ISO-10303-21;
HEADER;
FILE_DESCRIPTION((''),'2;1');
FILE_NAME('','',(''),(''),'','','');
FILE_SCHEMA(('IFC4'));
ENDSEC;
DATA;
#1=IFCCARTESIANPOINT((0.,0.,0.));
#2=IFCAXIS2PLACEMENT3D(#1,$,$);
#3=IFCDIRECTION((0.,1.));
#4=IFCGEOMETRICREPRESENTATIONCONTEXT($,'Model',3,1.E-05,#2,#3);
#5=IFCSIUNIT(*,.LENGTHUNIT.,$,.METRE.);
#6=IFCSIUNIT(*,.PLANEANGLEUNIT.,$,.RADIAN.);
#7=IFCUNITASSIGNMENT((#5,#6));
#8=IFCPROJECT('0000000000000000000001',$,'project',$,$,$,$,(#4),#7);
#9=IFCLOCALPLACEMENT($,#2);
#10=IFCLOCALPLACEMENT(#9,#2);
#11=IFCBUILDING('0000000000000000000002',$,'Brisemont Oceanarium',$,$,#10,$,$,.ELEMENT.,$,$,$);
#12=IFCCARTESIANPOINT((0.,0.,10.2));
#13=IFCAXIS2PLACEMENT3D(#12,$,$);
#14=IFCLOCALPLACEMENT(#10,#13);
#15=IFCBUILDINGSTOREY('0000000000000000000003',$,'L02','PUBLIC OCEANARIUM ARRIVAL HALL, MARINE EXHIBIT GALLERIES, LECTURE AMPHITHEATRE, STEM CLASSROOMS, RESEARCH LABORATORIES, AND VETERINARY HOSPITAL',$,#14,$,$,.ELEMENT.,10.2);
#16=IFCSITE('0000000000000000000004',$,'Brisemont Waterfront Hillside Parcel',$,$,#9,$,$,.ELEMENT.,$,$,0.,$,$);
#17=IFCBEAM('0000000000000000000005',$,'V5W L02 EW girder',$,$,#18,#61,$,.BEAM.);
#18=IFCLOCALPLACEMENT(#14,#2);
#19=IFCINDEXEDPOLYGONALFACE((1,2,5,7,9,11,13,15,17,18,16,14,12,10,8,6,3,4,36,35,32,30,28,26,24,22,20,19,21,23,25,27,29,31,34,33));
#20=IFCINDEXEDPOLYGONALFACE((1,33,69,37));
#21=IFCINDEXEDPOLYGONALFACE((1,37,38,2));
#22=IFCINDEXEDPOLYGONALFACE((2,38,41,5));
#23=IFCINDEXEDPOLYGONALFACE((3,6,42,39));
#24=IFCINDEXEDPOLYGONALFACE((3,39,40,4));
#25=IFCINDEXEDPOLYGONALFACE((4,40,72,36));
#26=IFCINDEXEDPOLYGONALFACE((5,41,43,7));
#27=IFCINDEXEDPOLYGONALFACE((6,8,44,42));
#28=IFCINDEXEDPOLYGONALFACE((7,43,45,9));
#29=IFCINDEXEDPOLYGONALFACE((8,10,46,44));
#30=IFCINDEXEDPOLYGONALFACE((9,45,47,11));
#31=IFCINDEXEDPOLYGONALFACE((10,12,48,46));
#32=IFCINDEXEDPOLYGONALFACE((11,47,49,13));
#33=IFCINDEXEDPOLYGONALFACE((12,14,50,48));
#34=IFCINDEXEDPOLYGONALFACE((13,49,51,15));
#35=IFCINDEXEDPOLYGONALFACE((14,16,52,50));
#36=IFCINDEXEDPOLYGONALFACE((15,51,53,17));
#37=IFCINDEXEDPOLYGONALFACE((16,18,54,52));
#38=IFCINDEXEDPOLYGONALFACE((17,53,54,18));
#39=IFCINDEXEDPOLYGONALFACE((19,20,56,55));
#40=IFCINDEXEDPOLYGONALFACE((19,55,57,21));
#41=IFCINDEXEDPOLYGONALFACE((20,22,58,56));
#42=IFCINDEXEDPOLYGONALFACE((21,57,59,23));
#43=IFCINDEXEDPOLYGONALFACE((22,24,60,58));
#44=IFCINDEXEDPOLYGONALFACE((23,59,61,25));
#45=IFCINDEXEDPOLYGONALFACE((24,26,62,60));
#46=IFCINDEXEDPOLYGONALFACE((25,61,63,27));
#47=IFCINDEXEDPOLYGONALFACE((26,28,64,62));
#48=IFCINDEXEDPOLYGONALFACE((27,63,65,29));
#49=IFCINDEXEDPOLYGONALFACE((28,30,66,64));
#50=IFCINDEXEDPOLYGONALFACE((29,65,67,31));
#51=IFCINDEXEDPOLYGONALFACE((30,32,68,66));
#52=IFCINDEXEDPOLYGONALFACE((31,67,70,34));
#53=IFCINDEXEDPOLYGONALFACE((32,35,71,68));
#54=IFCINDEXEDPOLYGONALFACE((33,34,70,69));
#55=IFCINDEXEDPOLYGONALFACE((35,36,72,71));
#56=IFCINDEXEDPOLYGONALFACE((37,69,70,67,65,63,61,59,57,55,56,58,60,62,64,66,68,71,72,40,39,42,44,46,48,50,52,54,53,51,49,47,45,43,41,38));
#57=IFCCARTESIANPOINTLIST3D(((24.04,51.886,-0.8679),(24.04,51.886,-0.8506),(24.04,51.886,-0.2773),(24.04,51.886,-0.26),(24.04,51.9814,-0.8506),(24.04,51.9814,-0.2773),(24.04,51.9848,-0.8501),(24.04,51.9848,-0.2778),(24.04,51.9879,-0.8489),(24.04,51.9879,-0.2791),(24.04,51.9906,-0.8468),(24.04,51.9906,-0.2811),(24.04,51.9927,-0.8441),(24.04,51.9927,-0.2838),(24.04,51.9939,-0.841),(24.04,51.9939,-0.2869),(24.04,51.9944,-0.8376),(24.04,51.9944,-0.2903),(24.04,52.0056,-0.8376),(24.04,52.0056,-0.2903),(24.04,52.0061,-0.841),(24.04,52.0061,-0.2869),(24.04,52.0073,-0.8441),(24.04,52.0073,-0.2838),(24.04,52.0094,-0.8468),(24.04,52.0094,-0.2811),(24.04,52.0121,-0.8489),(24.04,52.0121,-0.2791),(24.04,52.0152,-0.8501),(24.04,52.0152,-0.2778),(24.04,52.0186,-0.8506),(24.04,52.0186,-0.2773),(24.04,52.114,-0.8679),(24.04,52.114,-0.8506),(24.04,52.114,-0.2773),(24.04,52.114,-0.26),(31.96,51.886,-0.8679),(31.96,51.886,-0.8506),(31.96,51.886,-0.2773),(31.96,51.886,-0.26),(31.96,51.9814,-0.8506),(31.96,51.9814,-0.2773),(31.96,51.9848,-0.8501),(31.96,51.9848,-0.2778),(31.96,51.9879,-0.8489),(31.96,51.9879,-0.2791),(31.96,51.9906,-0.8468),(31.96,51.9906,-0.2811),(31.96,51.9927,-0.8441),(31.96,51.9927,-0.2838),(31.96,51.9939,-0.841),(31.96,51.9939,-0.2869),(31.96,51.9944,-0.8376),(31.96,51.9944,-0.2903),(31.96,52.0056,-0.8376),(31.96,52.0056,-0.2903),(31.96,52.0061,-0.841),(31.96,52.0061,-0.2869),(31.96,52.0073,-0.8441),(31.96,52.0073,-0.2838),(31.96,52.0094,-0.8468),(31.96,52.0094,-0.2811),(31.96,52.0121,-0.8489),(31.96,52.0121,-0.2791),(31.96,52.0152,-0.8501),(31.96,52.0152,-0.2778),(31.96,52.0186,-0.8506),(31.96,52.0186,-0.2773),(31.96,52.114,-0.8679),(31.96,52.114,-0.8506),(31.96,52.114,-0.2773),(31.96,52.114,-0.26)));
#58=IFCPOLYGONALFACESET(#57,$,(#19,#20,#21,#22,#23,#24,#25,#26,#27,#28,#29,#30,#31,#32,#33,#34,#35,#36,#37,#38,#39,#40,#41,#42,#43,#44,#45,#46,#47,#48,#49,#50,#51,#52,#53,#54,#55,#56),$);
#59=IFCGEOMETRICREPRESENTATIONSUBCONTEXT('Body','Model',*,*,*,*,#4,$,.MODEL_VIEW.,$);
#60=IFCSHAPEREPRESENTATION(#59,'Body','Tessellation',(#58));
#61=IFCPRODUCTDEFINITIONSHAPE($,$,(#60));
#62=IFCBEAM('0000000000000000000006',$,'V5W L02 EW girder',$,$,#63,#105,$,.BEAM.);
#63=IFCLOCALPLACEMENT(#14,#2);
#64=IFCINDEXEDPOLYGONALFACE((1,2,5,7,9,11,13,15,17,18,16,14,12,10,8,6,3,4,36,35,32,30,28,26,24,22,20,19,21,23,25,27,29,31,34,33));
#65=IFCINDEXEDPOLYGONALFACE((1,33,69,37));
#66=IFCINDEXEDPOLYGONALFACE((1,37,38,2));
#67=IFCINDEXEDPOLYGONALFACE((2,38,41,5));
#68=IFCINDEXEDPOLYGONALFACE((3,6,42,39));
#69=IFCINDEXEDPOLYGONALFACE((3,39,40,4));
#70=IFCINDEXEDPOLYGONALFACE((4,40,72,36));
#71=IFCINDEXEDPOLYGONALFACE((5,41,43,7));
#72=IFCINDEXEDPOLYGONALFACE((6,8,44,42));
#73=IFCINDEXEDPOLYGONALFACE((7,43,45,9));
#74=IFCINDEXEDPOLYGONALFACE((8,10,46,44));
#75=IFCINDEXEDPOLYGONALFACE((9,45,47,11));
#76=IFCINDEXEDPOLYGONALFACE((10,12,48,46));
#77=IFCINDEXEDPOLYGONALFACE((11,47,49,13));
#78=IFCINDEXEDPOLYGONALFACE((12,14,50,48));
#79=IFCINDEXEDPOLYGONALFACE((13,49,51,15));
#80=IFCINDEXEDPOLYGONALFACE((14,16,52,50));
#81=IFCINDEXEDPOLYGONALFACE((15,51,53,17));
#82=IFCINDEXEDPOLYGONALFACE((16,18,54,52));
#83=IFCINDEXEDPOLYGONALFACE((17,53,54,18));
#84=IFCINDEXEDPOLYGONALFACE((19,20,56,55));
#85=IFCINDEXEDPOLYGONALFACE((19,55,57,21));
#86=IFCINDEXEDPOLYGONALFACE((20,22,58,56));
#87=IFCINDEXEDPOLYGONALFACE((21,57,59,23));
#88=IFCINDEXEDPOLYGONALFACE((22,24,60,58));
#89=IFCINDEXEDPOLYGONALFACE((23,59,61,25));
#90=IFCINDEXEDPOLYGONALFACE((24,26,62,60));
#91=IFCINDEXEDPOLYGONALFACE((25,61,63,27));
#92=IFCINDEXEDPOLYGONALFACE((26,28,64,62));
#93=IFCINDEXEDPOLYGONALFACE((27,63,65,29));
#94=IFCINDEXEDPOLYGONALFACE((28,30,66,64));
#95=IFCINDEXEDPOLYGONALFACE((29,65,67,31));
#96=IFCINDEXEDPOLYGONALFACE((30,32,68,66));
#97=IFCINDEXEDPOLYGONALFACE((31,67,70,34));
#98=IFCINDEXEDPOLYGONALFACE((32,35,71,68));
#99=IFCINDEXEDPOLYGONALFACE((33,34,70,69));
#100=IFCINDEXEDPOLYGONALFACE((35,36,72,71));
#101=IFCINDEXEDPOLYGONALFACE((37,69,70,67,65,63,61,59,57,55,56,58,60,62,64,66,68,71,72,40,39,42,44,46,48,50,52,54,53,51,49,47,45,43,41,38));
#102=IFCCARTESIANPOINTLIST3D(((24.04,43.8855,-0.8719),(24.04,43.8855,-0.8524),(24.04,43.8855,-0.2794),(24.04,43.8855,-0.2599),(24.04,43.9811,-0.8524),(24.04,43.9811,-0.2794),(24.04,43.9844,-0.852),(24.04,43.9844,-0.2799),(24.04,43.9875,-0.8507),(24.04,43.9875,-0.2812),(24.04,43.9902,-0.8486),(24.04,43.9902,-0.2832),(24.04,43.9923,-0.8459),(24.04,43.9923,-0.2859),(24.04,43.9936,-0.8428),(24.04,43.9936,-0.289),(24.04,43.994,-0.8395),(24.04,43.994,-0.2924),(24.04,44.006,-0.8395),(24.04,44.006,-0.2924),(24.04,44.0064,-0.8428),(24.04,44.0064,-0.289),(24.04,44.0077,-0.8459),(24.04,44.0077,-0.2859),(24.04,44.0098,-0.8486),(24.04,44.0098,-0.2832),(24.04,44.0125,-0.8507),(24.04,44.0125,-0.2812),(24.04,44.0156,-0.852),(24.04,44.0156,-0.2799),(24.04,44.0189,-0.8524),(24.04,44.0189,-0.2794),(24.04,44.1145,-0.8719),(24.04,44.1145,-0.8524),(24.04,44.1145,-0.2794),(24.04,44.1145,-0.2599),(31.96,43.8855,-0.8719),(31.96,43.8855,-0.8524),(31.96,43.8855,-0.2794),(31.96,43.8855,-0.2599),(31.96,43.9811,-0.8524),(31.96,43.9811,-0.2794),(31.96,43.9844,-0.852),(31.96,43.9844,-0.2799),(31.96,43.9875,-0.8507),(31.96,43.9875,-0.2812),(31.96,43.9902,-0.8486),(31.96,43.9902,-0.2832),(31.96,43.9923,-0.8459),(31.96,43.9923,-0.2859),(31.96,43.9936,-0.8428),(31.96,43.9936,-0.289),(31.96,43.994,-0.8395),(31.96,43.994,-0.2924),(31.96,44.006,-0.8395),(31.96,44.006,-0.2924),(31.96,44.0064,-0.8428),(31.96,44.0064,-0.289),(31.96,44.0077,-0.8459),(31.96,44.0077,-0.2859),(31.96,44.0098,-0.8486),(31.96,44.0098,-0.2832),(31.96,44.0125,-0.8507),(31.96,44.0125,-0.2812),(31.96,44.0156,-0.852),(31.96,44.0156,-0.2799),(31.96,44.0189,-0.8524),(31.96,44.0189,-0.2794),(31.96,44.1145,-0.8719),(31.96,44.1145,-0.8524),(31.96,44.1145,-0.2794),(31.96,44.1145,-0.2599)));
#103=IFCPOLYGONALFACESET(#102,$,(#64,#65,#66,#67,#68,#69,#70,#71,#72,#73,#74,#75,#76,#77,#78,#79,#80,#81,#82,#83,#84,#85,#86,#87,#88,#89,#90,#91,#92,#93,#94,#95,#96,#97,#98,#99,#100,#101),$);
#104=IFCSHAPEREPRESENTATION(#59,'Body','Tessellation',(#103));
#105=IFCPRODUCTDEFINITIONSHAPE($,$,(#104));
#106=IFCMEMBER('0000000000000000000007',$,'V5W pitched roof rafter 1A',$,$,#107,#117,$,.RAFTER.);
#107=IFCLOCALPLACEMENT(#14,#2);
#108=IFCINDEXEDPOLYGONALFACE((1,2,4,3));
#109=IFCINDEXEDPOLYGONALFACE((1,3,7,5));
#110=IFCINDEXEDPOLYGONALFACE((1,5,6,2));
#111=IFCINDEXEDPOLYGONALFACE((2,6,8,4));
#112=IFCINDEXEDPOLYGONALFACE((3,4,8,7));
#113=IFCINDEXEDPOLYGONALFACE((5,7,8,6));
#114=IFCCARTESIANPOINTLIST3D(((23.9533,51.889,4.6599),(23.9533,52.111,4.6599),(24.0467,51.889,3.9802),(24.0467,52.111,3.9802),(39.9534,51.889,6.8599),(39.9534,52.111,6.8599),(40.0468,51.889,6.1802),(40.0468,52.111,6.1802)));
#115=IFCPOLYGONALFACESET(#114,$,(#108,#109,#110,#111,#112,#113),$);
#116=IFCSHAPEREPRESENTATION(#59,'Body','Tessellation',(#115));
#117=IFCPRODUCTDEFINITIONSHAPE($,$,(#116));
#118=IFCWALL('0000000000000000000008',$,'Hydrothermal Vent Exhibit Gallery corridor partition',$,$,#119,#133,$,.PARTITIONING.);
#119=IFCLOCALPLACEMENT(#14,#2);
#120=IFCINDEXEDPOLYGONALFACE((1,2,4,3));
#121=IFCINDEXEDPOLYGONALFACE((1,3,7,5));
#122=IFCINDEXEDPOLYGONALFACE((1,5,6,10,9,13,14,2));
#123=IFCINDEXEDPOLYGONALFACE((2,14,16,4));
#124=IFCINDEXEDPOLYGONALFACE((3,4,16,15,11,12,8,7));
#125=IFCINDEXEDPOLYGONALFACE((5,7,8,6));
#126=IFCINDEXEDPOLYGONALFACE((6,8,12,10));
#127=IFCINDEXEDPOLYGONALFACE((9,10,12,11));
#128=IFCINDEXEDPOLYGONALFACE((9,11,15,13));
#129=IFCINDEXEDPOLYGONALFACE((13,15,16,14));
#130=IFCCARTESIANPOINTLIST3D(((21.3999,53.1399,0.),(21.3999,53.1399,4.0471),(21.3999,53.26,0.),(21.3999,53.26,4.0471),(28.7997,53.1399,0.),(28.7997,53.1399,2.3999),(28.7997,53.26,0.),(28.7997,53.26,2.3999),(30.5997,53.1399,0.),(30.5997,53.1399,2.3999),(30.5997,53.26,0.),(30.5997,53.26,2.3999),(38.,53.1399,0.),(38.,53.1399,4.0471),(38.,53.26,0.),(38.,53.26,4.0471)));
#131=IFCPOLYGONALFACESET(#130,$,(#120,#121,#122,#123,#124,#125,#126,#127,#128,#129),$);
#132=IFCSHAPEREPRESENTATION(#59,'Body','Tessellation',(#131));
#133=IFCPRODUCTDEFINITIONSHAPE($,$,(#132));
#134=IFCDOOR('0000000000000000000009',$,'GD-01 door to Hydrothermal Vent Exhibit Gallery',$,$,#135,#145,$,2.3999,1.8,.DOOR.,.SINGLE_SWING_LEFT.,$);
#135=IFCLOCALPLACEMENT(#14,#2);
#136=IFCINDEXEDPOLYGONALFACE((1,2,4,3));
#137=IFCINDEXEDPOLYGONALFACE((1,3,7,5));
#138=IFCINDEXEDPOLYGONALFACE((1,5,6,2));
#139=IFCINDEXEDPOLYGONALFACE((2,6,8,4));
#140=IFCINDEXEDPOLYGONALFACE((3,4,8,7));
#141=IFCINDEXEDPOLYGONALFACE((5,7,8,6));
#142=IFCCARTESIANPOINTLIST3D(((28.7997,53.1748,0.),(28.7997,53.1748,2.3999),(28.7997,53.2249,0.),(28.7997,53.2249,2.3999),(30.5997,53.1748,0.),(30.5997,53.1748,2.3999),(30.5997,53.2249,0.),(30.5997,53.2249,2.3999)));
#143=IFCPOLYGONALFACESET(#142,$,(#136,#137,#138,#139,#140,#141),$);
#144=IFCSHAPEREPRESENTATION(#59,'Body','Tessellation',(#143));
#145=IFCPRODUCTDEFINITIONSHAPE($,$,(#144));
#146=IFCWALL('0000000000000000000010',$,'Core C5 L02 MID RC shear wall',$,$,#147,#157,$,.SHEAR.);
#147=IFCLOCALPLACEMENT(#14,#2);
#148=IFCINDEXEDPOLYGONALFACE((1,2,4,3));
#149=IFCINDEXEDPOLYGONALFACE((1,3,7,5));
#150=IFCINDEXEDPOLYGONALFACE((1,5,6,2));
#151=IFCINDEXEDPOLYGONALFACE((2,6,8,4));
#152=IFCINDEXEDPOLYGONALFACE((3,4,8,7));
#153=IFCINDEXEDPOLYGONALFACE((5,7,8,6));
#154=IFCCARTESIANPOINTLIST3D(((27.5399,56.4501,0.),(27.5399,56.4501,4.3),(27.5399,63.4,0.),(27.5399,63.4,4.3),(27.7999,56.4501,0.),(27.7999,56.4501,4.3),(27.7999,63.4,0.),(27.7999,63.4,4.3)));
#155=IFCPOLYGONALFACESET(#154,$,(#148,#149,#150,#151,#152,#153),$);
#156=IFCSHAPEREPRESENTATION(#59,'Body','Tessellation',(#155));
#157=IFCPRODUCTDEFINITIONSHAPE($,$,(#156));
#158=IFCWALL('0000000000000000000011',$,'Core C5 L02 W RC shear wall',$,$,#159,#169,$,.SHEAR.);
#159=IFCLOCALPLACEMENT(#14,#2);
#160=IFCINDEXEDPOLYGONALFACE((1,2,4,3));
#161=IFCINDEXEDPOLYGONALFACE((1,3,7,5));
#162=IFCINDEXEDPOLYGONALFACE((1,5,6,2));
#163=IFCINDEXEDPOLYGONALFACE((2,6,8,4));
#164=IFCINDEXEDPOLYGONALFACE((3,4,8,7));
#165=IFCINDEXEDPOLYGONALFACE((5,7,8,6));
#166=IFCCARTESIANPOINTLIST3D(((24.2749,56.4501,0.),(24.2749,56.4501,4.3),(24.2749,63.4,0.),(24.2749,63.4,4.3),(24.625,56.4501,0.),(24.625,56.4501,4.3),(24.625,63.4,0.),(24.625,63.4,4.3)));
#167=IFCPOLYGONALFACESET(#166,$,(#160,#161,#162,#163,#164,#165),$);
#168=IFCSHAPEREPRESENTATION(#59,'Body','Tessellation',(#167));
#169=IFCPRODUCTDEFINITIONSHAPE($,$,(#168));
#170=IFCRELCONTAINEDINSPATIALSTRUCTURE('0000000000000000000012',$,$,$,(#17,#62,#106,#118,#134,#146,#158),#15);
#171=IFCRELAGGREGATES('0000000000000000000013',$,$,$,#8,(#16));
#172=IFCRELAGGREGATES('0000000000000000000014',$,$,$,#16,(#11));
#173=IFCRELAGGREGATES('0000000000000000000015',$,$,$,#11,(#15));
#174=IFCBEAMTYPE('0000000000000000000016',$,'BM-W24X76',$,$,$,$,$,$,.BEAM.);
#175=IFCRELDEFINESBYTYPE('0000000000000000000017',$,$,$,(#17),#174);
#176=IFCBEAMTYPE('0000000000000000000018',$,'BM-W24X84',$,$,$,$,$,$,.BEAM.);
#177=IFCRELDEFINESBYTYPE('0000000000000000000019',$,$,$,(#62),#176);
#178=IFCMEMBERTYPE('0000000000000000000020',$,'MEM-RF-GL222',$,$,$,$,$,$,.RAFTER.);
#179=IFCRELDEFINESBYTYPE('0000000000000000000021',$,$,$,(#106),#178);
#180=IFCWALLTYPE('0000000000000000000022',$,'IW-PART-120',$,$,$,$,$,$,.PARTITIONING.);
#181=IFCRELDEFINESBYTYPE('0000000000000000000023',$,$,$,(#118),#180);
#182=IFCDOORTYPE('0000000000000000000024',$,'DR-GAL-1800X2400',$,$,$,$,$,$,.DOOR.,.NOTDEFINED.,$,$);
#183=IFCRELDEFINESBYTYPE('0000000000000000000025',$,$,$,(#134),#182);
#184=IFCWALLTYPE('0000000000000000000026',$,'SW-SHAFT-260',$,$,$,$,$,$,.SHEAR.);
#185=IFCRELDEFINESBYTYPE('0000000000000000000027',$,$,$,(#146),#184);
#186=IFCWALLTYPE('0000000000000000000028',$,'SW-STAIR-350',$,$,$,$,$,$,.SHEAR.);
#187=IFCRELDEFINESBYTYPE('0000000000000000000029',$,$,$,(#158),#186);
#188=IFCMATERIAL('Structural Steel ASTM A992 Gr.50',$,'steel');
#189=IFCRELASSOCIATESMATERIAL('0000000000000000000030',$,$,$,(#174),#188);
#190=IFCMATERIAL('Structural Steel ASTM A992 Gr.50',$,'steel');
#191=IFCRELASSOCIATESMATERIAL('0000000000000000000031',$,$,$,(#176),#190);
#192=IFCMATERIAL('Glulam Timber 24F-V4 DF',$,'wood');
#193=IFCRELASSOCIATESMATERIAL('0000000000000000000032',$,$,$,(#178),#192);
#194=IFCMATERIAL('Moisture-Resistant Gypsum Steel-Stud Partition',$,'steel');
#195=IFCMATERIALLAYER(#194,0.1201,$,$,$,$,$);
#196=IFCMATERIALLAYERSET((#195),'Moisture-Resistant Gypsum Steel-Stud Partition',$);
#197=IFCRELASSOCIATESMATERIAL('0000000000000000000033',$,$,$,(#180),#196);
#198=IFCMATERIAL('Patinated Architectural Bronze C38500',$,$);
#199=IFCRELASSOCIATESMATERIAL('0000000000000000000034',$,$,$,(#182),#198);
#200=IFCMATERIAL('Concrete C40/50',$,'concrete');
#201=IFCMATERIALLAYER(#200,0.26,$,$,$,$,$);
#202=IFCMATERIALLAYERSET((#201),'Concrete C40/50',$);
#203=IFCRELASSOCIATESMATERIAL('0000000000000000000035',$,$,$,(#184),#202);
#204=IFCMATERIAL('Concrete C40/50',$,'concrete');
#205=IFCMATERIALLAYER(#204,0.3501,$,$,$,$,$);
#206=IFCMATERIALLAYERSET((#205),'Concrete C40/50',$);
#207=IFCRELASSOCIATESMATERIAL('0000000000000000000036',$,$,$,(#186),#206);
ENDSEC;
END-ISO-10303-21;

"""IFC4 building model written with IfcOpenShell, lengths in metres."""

from ifc_helpers import new_model, si_unit, direction, frame, frame_2d, origin, origin_2d, place, context, subcontext, project, spatial, rectangle, i_section, extrude, material, layer, layer_set, material_profile, profile_set, type_object, element, fill, save


model = new_model("IFC4")

# Units and contexts
model_context = context("Model", 3, precision=1e-05, world=origin(), true_north=direction((0.0, 1.0)))
body_context = subcontext(model_context, "Body", "Model", "MODEL_VIEW")
ifc_project = project(units=[si_unit("LENGTHUNIT", "METRE"), si_unit("PLANEANGLEUNIT", "RADIAN")], contexts=[model_context])

# Site, building, storey
site_placement = place(None, origin())
site = spatial("IfcSite", under=ifc_project, at=site_placement, Name="Brisemont Waterfront Hillside Parcel", CompositionType="ELEMENT", RefElevation=0.0)
building_placement = place(site_placement, origin())
building = spatial("IfcBuilding", under=site, at=building_placement, Name="Brisemont Oceanarium", CompositionType="ELEMENT")
storey_placement = place(building_placement, frame((0.0, 0.0, 10.2)))
storey = spatial("IfcBuildingStorey", under=building, at=storey_placement, Name="L02", Description="PUBLIC OCEANARIUM ARRIVAL HALL, MARINE EXHIBIT GALLERIES, LECTURE AMPHITHEATRE, STEM CLASSROOMS, RESEARCH LABORATORIES, AND VETERINARY HOSPITAL", CompositionType="ELEMENT", Elevation=10.2)

# Beams
ifc_material_1 = material(Name="Structural Steel ASTM A992 Gr.50", Category="steel")
ifc_material_profile_1 = material_profile(ifc_material_1, i_section(OverallWidth=0.228, OverallDepth=0.6079, WebThickness=0.0112, FlangeThickness=0.0173, FilletRadius=0.0129, at=origin_2d()), Name="W24X76")
ifc_profile_set_1 = profile_set([ifc_material_profile_1], Name="Structural Steel ASTM A992 Gr.50")
beam_type_1 = type_object("IfcBeamType", Name="BM-W24X76", PredefinedType="BEAM", material=ifc_profile_set_1)
beam_1_placement = place(storey_placement, frame((24.04, 52.0, -0.564), z_axis=(1.0, 0.0, 0.0), x_axis=(0.0, 1.0, 0.0)))
element("IfcBeam", 1, at=beam_1_placement, inside=storey, type_object=beam_type_1, Name="V5W L02 EW girder", PredefinedType="BEAM", context=body_context, shape_type="SweptSolid", body=[
    extrude(i_section(OverallWidth=0.228, OverallDepth=0.6079, WebThickness=0.0112, FlangeThickness=0.0173, FilletRadius=0.0129, at=origin_2d()), origin(), (0.0, 0.0, 1.0), 7.9199),
])
ifc_material_2 = material(Name="Structural Steel ASTM A992 Gr.50", Category="steel")
ifc_material_profile_2 = material_profile(ifc_material_2, i_section(OverallWidth=0.229, OverallDepth=0.6121, WebThickness=0.012, FlangeThickness=0.0195, FilletRadius=0.0129, at=origin_2d()), Name="W24X84")
ifc_profile_set_2 = profile_set([ifc_material_profile_2], Name="Structural Steel ASTM A992 Gr.50")
beam_type_2 = type_object("IfcBeamType", Name="BM-W24X84", PredefinedType="BEAM", material=ifc_profile_set_2)
beam_2_placement = place(storey_placement, frame((24.04, 44.0, -0.5659), z_axis=(1.0, 0.0, 0.0), x_axis=(0.0, 1.0, 0.0)))
element("IfcBeam", 2, at=beam_2_placement, inside=storey, type_object=beam_type_2, Name="V5W L02 EW girder", PredefinedType="BEAM", context=body_context, shape_type="SweptSolid", body=[
    extrude(i_section(OverallWidth=0.229, OverallDepth=0.6121, WebThickness=0.012, FlangeThickness=0.0195, FilletRadius=0.0129, at=origin_2d()), origin(), (0.0, 0.0, 1.0), 7.9199),
])

# Member
ifc_material_3 = material(Name="Glulam Timber 24F-V4 DF", Category="wood")
ifc_material_profile_3 = material_profile(ifc_material_3, rectangle(XDim=0.2219, YDim=0.686, at=origin_2d()), Name="GL-222X686")
ifc_profile_set_3 = profile_set([ifc_material_profile_3], Name="Glulam Timber 24F-V4 DF")
member_type = type_object("IfcMemberType", Name="MEM-RF-GL222", PredefinedType="RAFTER", material=ifc_profile_set_3)
member_placement = place(storey_placement, frame((24.0, 52.0, 4.3201), z_axis=(0.990679, 0.0, 0.136215), x_axis=(0.0, 1.0, 0.0)))
element("IfcMember", 3, at=member_placement, inside=storey, type_object=member_type, Name="V5W pitched roof rafter 1A", PredefinedType="RAFTER", context=body_context, shape_type="SweptSolid", body=[
    extrude(rectangle(XDim=0.2219, YDim=0.686, at=origin_2d()), origin(), (0.0, 0.0, 1.0), 16.1506),
])

# Wall, opening, door
ifc_material_4 = material(Name="Moisture-Resistant Gypsum Steel-Stud Partition", Category="steel")
ifc_layer_1 = layer(ifc_material_4, 0.1201)
ifc_layer_set_1 = layer_set([ifc_layer_1], Name="Moisture-Resistant Gypsum Steel-Stud Partition")
wall_type_1 = type_object("IfcWallType", Name="IW-PART-120", PredefinedType="PARTITIONING", material=ifc_layer_set_1)
wall_1_placement = place(storey_placement, frame((21.3999, 53.2, 0.0), z_axis=(0.0, 0.0, 1.0), x_axis=(1.0, 0.0, 0.0)))
wall_1 = element("IfcWall", 4, at=wall_1_placement, inside=storey, type_object=wall_type_1, Name="Hydrothermal Vent Exhibit Gallery corridor partition", PredefinedType="PARTITIONING", context=body_context, shape_type="SweptSolid", body=[
    extrude(rectangle(XDim=16.6001, YDim=0.1201, at=frame_2d((8.3, 0.0))), origin(), (0.0, 0.0, 1.0), 4.0471),
])
opening_1_placement = place(wall_1_placement, frame((7.3999, 0.0, 0.0)))
opening_1 = element("IfcOpeningElement", 5, at=opening_1_placement, cuts=wall_1, PredefinedType="OPENING", context=body_context, shape_type="SweptSolid", body=[
    extrude(rectangle(XDim=1.8, YDim=2.3999, at=frame_2d((0.8999, 1.2))), frame((0.0, 0.0701, 0.0), z_axis=(0.0, -1.0, 0.0), x_axis=(1.0, 0.0, 0.0)), (0.0, 0.0, 1.0), 0.1401),
])
ifc_material_5 = material(Name="Patinated Architectural Bronze C38500")
door_type_1 = type_object("IfcDoorType", Name="DR-GAL-1800X2400", OperationType="NOTDEFINED", PredefinedType="DOOR", material=ifc_material_5)
door_1_placement = place(opening_1_placement, origin())
door_1 = element("IfcDoor", 6, at=door_1_placement, inside=storey, type_object=door_type_1, Name="GD-01 door to Hydrothermal Vent Exhibit Gallery", OperationType="SINGLE_SWING_LEFT", OverallHeight=2.3999, OverallWidth=1.8, PredefinedType="DOOR", context=body_context, shape_type="SweptSolid", body=[
    extrude(rectangle(XDim=1.8, YDim=2.3999, at=frame_2d((0.8999, 1.2))), frame((0.0, 0.0249, 0.0), z_axis=(0.0, -1.0, 0.0), x_axis=(1.0, 0.0, 0.0)), (0.0, 0.0, 1.0), 0.05),
])
fill(opening_1, door_1)

# Wall
ifc_material_6 = material(Name="Concrete C40/50", Category="concrete")
ifc_layer_2 = layer(ifc_material_6, 0.26)
ifc_layer_set_2 = layer_set([ifc_layer_2], Name="Concrete C40/50")
wall_type_2 = type_object("IfcWallType", Name="SW-SHAFT-260", PredefinedType="SHEAR", material=ifc_layer_set_2)
wall_2_placement = place(storey_placement, frame((27.6699, 56.45, 0.0), z_axis=(0.0, 0.0, 1.0), x_axis=(0.0, 1.0, 0.0)))
element("IfcWall", 7, at=wall_2_placement, inside=storey, type_object=wall_type_2, Name="Core C5 L02 MID RC shear wall", PredefinedType="SHEAR", context=body_context, shape_type="SweptSolid", body=[
    extrude(rectangle(XDim=6.95, YDim=0.26, at=frame_2d((3.4751, 0.0))), origin(), (0.0, 0.0, 1.0), 4.3),
])

# Shared definitions
ifc_material_7 = material(Name="Concrete C40/50", Category="concrete")
ifc_layer_3 = layer(ifc_material_7, 0.3501)
ifc_layer_set_3 = layer_set([ifc_layer_3], Name="Concrete C40/50")
wall_type_3 = type_object("IfcWallType", Name="SW-STAIR-350", PredefinedType="SHEAR", material=ifc_layer_set_3)

# Wall
wall_3_placement = place(storey_placement, frame((24.45, 56.45, 0.0), z_axis=(0.0, 0.0, 1.0), x_axis=(0.0, 1.0, 0.0)))
element("IfcWall", 8, at=wall_3_placement, inside=storey, type_object=wall_type_3, Name="Core C5 L02 W RC shear wall", PredefinedType="SHEAR", context=body_context, shape_type="SweptSolid", body=[
    extrude(rectangle(XDim=6.95, YDim=0.3501, at=frame_2d((3.4751, 0.0))), origin(), (0.0, 0.0, 1.0), 4.3),
])

save(model, "model.ifc")
